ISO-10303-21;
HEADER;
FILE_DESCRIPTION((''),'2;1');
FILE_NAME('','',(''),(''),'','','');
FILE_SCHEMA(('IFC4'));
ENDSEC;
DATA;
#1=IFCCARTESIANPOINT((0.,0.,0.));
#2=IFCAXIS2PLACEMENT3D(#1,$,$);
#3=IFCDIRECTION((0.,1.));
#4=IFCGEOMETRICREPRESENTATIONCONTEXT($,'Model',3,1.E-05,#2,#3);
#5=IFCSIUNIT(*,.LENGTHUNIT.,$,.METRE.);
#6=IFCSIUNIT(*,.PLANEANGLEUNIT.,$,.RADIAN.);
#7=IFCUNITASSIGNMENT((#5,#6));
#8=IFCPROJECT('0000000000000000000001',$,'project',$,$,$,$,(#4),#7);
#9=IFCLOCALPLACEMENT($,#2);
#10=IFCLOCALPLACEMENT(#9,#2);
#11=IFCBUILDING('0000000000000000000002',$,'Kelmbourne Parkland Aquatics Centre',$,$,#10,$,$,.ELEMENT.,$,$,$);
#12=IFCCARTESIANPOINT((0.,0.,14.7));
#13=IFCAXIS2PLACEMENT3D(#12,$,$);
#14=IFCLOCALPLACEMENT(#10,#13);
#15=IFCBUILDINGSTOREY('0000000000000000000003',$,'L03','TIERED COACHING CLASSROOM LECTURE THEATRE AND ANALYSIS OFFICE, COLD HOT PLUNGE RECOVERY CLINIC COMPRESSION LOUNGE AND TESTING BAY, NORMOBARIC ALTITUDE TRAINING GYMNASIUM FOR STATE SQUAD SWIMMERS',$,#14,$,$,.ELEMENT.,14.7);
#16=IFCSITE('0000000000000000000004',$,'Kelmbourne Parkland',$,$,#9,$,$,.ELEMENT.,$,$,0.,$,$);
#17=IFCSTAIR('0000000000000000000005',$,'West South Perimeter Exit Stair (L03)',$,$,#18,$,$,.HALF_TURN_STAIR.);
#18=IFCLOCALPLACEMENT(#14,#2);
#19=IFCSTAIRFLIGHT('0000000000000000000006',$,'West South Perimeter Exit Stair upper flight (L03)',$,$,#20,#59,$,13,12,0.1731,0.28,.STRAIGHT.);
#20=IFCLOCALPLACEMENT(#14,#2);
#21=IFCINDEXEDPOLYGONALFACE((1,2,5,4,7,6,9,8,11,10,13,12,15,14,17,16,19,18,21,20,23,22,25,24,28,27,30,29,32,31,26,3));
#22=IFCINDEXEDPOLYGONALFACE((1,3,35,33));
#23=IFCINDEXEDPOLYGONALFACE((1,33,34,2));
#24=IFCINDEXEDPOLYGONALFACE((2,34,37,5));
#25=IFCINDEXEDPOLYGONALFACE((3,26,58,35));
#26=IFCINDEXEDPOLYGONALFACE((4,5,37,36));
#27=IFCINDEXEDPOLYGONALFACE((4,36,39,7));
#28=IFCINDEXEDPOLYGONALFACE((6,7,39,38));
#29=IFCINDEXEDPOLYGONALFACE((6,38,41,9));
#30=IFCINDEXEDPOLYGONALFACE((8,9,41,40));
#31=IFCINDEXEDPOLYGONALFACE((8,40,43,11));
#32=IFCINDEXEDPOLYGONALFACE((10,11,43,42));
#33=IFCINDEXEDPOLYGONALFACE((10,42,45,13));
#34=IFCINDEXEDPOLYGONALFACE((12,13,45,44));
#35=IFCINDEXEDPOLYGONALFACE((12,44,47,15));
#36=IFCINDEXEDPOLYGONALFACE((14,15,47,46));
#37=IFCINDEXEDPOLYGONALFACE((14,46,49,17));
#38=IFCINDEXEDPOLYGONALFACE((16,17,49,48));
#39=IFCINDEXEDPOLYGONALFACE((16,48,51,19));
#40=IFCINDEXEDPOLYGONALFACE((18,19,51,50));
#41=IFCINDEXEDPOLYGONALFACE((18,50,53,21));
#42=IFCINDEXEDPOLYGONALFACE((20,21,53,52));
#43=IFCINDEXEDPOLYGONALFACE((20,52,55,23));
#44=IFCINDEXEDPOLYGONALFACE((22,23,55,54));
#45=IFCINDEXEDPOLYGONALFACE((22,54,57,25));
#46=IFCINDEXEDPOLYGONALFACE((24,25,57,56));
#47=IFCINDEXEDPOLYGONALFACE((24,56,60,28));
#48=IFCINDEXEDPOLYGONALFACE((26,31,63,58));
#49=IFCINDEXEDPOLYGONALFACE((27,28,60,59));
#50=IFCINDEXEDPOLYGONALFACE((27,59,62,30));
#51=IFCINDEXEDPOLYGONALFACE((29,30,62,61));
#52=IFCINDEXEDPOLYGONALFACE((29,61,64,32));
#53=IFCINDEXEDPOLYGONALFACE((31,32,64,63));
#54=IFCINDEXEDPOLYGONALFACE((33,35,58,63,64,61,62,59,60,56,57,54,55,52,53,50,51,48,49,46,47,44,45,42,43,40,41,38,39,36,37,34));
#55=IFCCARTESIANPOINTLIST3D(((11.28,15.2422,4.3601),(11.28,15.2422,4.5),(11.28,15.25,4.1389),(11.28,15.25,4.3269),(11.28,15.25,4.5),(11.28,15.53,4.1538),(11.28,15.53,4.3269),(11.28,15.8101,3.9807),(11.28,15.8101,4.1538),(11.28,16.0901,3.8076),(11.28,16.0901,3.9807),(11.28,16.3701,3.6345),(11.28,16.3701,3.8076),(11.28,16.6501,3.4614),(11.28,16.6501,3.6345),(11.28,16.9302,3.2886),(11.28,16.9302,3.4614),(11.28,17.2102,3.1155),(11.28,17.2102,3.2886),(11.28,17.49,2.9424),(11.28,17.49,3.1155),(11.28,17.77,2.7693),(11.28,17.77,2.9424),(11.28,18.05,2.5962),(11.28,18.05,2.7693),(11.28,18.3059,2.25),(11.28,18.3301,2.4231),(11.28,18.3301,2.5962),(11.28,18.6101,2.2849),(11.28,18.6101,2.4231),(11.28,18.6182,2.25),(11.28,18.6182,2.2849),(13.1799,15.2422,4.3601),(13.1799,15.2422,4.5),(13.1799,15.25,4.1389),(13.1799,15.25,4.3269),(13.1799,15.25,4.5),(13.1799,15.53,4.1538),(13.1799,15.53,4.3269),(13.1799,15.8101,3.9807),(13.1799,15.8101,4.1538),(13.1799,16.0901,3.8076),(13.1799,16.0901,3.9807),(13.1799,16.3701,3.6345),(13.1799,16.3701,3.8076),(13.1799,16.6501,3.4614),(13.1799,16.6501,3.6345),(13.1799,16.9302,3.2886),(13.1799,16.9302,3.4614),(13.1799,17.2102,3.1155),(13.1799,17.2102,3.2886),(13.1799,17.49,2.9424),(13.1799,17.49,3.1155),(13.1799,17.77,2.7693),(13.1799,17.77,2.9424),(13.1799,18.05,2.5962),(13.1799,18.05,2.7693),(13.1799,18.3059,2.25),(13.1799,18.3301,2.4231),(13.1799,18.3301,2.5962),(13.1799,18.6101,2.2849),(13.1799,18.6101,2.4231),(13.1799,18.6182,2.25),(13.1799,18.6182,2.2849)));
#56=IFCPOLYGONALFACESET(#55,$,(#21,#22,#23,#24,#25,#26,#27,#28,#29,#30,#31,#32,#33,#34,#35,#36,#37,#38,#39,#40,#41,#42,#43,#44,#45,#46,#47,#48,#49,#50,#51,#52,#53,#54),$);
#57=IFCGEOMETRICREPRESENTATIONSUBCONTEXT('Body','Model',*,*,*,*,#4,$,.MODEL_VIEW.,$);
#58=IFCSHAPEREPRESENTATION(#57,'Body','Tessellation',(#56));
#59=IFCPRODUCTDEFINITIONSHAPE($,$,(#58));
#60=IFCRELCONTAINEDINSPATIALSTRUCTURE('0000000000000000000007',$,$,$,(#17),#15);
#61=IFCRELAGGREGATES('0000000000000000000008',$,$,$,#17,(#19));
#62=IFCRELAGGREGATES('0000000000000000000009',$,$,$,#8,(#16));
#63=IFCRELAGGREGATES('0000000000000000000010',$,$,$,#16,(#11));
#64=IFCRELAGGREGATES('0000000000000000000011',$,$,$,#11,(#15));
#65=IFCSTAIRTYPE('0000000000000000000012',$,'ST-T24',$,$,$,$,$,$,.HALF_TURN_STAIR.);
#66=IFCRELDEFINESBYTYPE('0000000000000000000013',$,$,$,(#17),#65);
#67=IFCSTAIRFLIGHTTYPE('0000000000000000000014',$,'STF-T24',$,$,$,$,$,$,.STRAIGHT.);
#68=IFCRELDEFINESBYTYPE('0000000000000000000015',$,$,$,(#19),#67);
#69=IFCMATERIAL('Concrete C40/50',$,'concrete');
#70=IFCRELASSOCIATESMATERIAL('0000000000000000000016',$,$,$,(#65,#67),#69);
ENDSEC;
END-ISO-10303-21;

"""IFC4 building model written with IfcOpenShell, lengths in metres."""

from ifc_helpers import new_model, si_unit, direction, frame, origin, place, context, subcontext, project, spatial, polyline, outline, extrude, material, type_object, element, aggregate, save


model = new_model("IFC4")

# Units and contexts
model_context = context("Model", 3, precision=1e-05, world=origin(), true_north=direction((0.0, 1.0)))
body_context = subcontext(model_context, "Body", "Model", "MODEL_VIEW")
ifc_project = project(units=[si_unit("LENGTHUNIT", "METRE"), si_unit("PLANEANGLEUNIT", "RADIAN")], contexts=[model_context])

# Site, building, storey
site_placement = place(None, origin())
site = spatial("IfcSite", under=ifc_project, at=site_placement, Name="Kelmbourne Parkland", CompositionType="ELEMENT", RefElevation=0.0)
building_placement = place(site_placement, origin())
building = spatial("IfcBuilding", under=site, at=building_placement, Name="Kelmbourne Parkland Aquatics Centre", CompositionType="ELEMENT")
storey_placement = place(building_placement, frame((0.0, 0.0, 14.7)))
storey = spatial("IfcBuildingStorey", under=building, at=storey_placement, Name="L03", Description="TIERED COACHING CLASSROOM LECTURE THEATRE AND ANALYSIS OFFICE, COLD HOT PLUNGE RECOVERY CLINIC COMPRESSION LOUNGE AND TESTING BAY, NORMOBARIC ALTITUDE TRAINING GYMNASIUM FOR STATE SQUAD SWIMMERS", CompositionType="ELEMENT", Elevation=14.7)

# Shared definitions
ifc_material_1 = material(Name="Concrete C40/50", Category="concrete")

# Stair, stair flight
stair_type = type_object("IfcStairType", Name="ST-T24", PredefinedType="HALF_TURN_STAIR", material=ifc_material_1)
stair_placement = place(storey_placement, origin())
stair = element("IfcStair", 1, at=stair_placement, inside=storey, type_object=stair_type, Name="West South Perimeter Exit Stair (L03)", PredefinedType="HALF_TURN_STAIR")
stair_flight_type = type_object("IfcStairFlightType", Name="STF-T24", PredefinedType="STRAIGHT", material=ifc_material_1)
stair_flight_1_placement = place(storey_placement, frame((12.23, 18.6101, 2.25), z_axis=(0.0, 0.0, 1.0), x_axis=(0.0, -1.0, 0.0)))
stair_flight_1 = element("IfcStairFlight", 2, at=stair_flight_1_placement, type_object=stair_flight_type, Name="West South Perimeter Exit Stair upper flight (L03)", NumberOfRisers=13, NumberOfTreads=12, PredefinedType="STRAIGHT", RiserHeight=0.1731, TreadLength=0.28, context=body_context, shape_type="SweptSolid", body=[
    extrude(outline(polyline([(-0.0081, 0.0), (-0.0081, 0.0349), (0.0, 0.0349), (0.0, 0.1731), (0.28, 0.1731), (0.28, 0.3462), (0.5601, 0.3462), (0.5601, 0.5193), (0.8401, 0.5193), (0.8401, 0.6924), (1.1201, 0.6924), (1.1201, 0.8655), (1.3999, 0.8655), (1.3999, 1.0386), (1.6799, 1.0386), (1.6799, 1.2114), (1.96, 1.2114), (1.96, 1.3845), (2.24, 1.3845), (2.24, 1.5576), (2.52, 1.5576), (2.52, 1.7307), (2.8, 1.7307), (2.8, 1.9038), (3.0801, 1.9038), (3.0801, 2.0769), (3.3601, 2.0769), (3.3601, 2.25), (3.3679, 2.25), (3.3679, 2.1101), (3.3601, 1.8889), (0.3042, 0.0), (-0.0081, 0.0)])), frame((0.0, 0.95, 0.0), z_axis=(0.0, -1.0, 0.0), x_axis=(1.0, 0.0, 0.0)), (0.0, 0.0, 1.0), 1.8999),
])
aggregate(stair, [stair_flight_1])

save(model, "model.ifc")
